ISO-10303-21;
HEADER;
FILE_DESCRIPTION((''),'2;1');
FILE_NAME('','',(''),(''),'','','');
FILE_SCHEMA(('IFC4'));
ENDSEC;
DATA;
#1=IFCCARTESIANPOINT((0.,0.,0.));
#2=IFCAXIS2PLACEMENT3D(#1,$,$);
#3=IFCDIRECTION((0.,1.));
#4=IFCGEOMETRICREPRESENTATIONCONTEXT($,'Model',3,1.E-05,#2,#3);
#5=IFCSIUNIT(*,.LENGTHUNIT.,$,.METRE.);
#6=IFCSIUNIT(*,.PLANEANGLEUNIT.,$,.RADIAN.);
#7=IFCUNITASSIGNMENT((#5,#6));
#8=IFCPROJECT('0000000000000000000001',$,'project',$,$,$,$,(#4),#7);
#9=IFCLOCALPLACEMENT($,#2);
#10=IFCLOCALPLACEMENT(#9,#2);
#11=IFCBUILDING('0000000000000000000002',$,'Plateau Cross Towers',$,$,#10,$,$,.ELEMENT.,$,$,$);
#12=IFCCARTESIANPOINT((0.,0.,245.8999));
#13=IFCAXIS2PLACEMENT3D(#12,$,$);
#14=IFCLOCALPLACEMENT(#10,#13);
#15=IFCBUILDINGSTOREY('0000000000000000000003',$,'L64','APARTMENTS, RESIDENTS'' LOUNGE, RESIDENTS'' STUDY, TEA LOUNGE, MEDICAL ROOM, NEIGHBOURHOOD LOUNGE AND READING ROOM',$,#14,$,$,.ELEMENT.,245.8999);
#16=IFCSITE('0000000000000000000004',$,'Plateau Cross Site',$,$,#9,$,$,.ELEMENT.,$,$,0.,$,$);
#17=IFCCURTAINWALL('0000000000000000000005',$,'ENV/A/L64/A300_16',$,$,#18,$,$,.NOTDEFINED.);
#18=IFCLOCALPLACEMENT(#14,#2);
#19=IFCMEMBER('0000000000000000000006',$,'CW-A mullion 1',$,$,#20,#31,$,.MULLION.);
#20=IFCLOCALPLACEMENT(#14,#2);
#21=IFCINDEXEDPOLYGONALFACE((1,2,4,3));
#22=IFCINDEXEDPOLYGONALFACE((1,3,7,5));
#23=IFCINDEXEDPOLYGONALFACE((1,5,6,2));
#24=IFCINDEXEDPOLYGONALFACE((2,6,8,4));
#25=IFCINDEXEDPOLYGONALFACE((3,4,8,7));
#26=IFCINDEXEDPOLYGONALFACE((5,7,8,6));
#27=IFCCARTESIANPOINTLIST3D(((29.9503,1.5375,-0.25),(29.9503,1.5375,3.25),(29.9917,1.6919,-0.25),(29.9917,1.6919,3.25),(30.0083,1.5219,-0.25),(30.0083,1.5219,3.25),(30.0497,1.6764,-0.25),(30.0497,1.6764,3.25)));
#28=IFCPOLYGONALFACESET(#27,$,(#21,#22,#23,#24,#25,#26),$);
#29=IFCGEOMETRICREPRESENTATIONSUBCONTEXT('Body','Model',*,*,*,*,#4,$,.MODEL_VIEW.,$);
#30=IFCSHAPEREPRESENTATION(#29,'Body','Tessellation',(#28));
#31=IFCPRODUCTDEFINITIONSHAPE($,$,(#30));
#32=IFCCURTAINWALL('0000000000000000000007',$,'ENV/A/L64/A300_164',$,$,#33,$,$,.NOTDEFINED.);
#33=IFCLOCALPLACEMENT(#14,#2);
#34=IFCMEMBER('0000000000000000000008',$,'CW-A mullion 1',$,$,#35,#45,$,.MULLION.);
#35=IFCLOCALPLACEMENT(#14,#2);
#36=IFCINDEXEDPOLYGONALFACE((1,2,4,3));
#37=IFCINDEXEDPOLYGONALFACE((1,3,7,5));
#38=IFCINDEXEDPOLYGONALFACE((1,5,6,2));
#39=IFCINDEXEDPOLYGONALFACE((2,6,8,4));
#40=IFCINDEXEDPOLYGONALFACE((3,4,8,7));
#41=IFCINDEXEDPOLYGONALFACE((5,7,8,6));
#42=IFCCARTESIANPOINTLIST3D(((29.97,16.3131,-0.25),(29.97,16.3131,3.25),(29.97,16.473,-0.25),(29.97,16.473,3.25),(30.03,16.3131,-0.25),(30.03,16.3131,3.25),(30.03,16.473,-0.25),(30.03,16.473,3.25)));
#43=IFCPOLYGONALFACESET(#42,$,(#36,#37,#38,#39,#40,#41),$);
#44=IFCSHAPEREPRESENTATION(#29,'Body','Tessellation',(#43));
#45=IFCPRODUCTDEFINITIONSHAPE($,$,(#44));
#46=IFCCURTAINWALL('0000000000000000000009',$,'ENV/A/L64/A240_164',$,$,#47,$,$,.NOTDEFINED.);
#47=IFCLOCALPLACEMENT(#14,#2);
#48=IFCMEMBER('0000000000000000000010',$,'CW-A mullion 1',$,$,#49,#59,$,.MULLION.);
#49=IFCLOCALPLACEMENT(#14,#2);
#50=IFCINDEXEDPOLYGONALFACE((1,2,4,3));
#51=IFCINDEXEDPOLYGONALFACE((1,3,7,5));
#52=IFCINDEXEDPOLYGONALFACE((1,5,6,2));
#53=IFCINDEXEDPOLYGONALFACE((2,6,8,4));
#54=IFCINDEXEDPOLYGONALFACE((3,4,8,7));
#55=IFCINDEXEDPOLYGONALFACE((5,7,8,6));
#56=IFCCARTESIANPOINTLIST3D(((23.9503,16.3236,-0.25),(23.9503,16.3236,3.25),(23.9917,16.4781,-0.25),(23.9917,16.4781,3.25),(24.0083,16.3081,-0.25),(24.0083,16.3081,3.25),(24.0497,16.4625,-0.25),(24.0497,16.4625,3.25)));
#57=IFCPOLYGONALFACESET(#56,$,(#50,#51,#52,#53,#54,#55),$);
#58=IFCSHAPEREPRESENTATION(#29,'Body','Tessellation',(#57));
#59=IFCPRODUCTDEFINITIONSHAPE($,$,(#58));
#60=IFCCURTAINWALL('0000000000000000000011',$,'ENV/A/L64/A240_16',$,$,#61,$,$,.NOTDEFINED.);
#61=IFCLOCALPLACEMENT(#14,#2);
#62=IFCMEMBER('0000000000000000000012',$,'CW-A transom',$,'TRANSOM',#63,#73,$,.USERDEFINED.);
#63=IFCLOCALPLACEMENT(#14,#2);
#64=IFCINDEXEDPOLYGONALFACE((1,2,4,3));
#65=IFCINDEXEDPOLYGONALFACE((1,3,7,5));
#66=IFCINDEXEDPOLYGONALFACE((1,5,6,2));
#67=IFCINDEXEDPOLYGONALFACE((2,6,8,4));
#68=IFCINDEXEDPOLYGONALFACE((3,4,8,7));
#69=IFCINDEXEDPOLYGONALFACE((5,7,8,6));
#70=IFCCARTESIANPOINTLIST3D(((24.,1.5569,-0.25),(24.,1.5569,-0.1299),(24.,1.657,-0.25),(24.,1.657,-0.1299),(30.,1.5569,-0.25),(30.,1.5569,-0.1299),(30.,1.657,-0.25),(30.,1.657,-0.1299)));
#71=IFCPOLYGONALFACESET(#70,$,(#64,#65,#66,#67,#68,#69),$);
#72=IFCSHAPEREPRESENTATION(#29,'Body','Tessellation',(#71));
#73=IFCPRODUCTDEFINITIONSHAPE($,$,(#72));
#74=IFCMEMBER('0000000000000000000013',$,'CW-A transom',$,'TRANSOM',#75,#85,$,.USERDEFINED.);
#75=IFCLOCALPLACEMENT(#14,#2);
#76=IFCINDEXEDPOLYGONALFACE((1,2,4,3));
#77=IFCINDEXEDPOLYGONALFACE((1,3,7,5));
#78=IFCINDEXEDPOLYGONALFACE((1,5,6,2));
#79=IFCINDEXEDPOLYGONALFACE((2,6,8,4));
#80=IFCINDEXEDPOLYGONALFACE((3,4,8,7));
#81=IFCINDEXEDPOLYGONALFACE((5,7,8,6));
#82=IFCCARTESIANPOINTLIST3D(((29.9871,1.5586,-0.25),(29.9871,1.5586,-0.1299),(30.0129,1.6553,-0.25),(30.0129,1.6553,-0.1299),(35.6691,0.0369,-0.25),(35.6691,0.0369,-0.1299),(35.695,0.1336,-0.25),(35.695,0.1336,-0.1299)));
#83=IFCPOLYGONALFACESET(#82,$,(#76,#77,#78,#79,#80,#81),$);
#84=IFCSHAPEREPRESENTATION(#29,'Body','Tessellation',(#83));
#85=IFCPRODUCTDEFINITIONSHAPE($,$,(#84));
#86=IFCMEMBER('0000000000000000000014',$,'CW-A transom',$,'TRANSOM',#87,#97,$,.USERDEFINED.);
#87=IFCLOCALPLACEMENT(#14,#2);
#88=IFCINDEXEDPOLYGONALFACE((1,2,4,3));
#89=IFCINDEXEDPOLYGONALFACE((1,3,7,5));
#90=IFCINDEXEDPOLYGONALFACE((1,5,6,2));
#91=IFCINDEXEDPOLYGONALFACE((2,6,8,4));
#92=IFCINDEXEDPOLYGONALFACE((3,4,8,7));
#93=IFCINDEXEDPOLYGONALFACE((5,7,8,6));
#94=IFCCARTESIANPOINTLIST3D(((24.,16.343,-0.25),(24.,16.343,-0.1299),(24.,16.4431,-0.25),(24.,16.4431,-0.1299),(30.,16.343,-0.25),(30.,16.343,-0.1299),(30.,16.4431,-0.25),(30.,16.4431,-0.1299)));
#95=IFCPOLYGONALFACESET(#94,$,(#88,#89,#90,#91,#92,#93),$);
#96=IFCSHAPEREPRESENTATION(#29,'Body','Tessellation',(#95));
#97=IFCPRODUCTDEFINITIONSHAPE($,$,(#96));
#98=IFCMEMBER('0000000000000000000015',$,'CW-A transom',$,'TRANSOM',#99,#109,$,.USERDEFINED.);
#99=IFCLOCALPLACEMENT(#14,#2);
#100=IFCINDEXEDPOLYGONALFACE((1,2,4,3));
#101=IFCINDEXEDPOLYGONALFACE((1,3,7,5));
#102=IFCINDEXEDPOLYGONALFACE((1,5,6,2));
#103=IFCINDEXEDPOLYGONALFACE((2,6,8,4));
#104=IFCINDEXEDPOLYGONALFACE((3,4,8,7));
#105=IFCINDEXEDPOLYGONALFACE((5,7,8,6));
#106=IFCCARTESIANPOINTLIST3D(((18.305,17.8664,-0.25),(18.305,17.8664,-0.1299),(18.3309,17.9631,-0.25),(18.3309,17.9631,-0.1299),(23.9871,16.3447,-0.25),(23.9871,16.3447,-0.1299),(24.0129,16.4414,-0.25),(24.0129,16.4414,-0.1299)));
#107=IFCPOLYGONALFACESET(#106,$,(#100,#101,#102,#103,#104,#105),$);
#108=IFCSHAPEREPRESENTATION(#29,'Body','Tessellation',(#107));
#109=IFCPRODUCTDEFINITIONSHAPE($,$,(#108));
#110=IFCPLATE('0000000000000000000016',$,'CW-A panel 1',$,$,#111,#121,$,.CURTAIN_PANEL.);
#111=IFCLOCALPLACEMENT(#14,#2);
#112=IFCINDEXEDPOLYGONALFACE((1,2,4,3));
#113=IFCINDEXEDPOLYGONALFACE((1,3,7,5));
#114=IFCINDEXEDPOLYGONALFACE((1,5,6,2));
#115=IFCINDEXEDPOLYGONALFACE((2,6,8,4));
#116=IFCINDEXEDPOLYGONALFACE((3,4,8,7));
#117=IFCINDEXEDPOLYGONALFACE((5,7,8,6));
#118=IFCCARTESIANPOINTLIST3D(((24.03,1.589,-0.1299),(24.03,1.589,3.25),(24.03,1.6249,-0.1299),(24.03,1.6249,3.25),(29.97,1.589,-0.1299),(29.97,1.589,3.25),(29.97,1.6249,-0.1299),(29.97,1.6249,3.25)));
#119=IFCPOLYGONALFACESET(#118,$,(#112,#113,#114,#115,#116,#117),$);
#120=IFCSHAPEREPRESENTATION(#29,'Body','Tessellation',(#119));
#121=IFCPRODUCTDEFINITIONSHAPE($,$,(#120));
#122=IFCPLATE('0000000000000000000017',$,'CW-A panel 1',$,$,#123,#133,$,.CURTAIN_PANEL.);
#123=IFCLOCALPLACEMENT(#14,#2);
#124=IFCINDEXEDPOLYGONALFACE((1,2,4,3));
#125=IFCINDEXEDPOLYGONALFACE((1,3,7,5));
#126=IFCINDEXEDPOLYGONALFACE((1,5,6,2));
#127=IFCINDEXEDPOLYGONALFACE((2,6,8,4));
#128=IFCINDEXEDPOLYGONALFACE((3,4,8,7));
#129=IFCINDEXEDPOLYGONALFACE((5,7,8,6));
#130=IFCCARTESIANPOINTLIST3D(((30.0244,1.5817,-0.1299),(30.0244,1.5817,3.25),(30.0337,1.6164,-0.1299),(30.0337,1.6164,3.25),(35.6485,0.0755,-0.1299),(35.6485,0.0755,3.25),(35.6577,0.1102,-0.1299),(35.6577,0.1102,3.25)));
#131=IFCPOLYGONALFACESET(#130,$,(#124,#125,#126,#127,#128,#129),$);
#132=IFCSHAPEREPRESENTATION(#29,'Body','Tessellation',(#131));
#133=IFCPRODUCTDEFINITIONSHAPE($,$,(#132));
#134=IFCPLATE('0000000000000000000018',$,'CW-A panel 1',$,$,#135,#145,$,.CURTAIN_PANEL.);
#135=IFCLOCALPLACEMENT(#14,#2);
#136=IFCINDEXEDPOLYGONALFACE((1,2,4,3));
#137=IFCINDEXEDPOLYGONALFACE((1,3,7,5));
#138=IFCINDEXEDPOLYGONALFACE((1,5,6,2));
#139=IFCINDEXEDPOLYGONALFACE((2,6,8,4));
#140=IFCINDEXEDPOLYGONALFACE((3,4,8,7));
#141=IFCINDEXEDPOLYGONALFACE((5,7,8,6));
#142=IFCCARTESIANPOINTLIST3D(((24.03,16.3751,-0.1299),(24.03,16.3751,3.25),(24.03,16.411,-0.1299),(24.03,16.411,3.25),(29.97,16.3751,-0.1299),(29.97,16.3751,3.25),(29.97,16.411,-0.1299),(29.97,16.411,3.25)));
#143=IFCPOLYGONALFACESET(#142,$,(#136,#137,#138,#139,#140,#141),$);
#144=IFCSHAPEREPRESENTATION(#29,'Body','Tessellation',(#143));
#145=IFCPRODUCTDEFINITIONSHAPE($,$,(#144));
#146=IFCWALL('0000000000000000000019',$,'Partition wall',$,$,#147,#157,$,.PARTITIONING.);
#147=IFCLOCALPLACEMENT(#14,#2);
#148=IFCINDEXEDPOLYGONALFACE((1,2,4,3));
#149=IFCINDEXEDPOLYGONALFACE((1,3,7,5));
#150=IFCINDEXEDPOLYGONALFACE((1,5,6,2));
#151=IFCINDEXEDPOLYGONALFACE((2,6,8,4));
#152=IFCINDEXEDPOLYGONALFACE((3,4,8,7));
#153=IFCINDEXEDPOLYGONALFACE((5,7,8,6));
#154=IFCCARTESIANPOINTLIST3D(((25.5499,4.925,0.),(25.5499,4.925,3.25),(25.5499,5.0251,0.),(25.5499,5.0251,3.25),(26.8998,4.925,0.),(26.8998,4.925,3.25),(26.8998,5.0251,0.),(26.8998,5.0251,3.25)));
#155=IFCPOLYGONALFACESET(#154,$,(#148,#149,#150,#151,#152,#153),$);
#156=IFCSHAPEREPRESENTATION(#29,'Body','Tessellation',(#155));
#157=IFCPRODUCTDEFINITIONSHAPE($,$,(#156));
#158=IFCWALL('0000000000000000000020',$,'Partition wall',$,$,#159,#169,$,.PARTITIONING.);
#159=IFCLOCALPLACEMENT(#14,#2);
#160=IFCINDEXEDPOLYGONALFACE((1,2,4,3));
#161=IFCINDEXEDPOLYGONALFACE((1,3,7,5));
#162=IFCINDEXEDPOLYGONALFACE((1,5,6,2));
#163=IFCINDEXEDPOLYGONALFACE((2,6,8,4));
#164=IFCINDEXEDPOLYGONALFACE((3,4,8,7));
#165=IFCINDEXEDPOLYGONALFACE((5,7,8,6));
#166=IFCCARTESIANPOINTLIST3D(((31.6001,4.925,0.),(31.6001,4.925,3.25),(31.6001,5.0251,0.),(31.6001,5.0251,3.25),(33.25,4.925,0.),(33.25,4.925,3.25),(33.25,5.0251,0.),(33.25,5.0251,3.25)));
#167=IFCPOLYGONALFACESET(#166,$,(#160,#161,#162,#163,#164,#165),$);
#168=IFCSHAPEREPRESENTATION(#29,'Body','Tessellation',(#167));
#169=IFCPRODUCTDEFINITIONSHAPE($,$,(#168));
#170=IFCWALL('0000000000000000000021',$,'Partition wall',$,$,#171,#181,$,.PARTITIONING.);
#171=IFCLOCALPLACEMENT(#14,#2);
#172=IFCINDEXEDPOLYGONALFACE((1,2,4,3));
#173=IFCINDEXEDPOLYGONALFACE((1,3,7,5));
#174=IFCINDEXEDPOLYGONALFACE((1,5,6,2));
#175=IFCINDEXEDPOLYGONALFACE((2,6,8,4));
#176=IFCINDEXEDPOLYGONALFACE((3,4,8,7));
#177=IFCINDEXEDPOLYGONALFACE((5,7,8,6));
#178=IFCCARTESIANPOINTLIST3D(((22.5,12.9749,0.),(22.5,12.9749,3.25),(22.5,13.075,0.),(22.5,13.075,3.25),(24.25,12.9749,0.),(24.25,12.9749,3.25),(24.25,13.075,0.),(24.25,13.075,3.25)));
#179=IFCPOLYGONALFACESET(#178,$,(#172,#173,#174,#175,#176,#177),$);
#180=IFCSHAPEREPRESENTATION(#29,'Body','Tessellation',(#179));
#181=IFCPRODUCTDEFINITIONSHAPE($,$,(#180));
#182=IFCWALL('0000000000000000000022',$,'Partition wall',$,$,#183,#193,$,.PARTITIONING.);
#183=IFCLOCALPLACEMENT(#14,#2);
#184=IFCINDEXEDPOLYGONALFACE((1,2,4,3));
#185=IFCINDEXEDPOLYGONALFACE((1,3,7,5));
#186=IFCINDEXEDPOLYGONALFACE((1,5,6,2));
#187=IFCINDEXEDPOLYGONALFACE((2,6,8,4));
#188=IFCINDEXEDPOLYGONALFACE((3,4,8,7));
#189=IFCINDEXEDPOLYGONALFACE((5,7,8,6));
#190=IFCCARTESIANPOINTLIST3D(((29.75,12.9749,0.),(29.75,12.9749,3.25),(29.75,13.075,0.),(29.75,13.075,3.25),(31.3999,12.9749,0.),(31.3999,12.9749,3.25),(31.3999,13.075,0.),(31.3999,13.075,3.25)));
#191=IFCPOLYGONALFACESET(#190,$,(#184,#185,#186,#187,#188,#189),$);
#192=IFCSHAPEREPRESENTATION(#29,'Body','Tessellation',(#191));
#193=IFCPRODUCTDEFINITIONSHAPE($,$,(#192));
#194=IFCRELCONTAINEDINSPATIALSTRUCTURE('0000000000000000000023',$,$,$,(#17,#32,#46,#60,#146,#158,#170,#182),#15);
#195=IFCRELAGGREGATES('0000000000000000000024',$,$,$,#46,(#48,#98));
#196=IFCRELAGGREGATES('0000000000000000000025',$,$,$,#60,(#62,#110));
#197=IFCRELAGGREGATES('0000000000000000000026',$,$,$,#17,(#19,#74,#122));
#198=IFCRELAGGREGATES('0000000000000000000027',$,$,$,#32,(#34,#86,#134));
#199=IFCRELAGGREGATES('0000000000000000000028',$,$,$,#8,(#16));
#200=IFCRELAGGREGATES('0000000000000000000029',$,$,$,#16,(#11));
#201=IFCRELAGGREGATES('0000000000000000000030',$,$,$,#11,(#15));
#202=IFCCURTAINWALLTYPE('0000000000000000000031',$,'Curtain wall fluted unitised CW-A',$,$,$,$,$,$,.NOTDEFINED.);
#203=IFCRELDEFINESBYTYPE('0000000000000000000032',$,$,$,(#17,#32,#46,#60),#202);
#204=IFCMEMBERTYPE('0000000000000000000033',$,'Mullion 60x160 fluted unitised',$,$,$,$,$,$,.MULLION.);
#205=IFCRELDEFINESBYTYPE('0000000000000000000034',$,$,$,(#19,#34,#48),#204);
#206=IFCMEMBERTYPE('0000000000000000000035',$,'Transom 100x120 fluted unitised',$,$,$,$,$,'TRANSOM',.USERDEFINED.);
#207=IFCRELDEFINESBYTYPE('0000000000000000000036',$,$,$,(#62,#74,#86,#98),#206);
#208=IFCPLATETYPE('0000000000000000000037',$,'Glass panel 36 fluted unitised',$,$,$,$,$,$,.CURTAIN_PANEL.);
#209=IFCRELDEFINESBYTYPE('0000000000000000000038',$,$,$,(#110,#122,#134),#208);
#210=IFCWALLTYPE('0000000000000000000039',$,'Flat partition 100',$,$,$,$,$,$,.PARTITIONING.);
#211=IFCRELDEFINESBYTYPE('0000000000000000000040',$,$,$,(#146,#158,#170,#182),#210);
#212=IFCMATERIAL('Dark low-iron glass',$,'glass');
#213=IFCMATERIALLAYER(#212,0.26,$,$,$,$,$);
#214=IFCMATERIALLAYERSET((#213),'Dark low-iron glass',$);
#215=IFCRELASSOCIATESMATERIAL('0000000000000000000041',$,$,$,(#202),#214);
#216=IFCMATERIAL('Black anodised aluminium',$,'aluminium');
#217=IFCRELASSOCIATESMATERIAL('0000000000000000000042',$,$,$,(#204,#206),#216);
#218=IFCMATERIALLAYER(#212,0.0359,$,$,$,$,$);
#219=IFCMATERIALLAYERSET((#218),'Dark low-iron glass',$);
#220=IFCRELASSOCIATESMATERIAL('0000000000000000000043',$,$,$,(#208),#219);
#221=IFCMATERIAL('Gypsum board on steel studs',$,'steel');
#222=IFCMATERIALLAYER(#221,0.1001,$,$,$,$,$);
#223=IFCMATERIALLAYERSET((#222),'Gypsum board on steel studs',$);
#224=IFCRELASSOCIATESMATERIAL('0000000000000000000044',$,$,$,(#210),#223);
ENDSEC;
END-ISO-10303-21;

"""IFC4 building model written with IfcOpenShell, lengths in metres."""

from ifc_helpers import new_model, si_unit, direction, frame, frame_2d, origin, origin_2d, place, context, subcontext, project, spatial, rectangle, extrude, material, layer, layer_set, material_profile, profile_set, type_object, element, aggregate, save


model = new_model("IFC4")

# Units and contexts
model_context = context("Model", 3, precision=1e-05, world=origin(), true_north=direction((0.0, 1.0)))
body_context = subcontext(model_context, "Body", "Model", "MODEL_VIEW")
ifc_project = project(units=[si_unit("LENGTHUNIT", "METRE"), si_unit("PLANEANGLEUNIT", "RADIAN")], contexts=[model_context])

# Site, building, storey
site_placement = place(None, origin())
site = spatial("IfcSite", under=ifc_project, at=site_placement, Name="Plateau Cross Site", CompositionType="ELEMENT", RefElevation=0.0)
building_placement = place(site_placement, origin())
building = spatial("IfcBuilding", under=site, at=building_placement, Name="Plateau Cross Towers", CompositionType="ELEMENT")
storey_placement = place(building_placement, frame((0.0, 0.0, 245.8999)))
storey = spatial("IfcBuildingStorey", under=building, at=storey_placement, Name="L64", Description="APARTMENTS, RESIDENTS' LOUNGE, RESIDENTS' STUDY, TEA LOUNGE, MEDICAL ROOM, NEIGHBOURHOOD LOUNGE AND READING ROOM", CompositionType="ELEMENT", Elevation=245.8999)

# Curtain walls, members
ifc_material_1 = material(Name="Dark low-iron glass", Category="glass")
ifc_layer_1 = layer(ifc_material_1, 0.26)
ifc_layer_set_1 = layer_set([ifc_layer_1], Name="Dark low-iron glass")
curtain_wall_type = type_object("IfcCurtainWallType", Name="Curtain wall fluted unitised CW-A", PredefinedType="NOTDEFINED", material=ifc_layer_set_1)
curtain_wall_1_placement = place(storey_placement, origin())
curtain_wall_1 = element("IfcCurtainWall", 1, at=curtain_wall_1_placement, inside=storey, type_object=curtain_wall_type, Name="ENV/A/L64/A300_16", PredefinedType="NOTDEFINED")
ifc_material_2 = material(Name="Black anodised aluminium", Category="aluminium")
ifc_material_profile_1 = material_profile(ifc_material_2, rectangle(XDim=0.0601, YDim=0.1599, at=origin_2d()), Name="MULLION 60x160")
ifc_profile_set_1 = profile_set([ifc_material_profile_1], Name="Black anodised aluminium")
member_type_1 = type_object("IfcMemberType", Name="Mullion 60x160 fluted unitised", PredefinedType="MULLION", material=ifc_profile_set_1)
member_1_placement = place(storey_placement, frame((30.0, 1.6069, -0.25), z_axis=(0.0, 0.0, 1.0), x_axis=(0.965958, -0.258699, 0.0)))
member_1 = element("IfcMember", 2, at=member_1_placement, type_object=member_type_1, Name="CW-A mullion 1", PredefinedType="MULLION", context=body_context, shape_type="SweptSolid", body=[
    extrude(rectangle(XDim=0.0601, YDim=0.1599, at=origin_2d()), origin(), (0.0, 0.0, 1.0), 3.5),
])
curtain_wall_2_placement = place(storey_placement, origin())
curtain_wall_2 = element("IfcCurtainWall", 3, at=curtain_wall_2_placement, inside=storey, type_object=curtain_wall_type, Name="ENV/A/L64/A300_164", PredefinedType="NOTDEFINED")
member_2_placement = place(storey_placement, frame((30.0, 16.3931, -0.25), z_axis=(0.0, 0.0, 1.0), x_axis=(-1.0, 0.0, 0.0)))
member_2 = element("IfcMember", 4, at=member_2_placement, type_object=member_type_1, Name="CW-A mullion 1", PredefinedType="MULLION", context=body_context, shape_type="SweptSolid", body=[
    extrude(rectangle(XDim=0.0601, YDim=0.1599, at=origin_2d()), origin(), (0.0, 0.0, 1.0), 3.5),
])
curtain_wall_3_placement = place(storey_placement, origin())
curtain_wall_3 = element("IfcCurtainWall", 5, at=curtain_wall_3_placement, inside=storey, type_object=curtain_wall_type, Name="ENV/A/L64/A240_164", PredefinedType="NOTDEFINED")
member_3_placement = place(storey_placement, frame((24.0, 16.3931, -0.25), z_axis=(0.0, 0.0, 1.0), x_axis=(-0.965958, 0.258699, 0.0)))
member_3 = element("IfcMember", 6, at=member_3_placement, type_object=member_type_1, Name="CW-A mullion 1", PredefinedType="MULLION", context=body_context, shape_type="SweptSolid", body=[
    extrude(rectangle(XDim=0.0601, YDim=0.1599, at=origin_2d()), origin(), (0.0, 0.0, 1.0), 3.5),
])
curtain_wall_4_placement = place(storey_placement, origin())
curtain_wall_4 = element("IfcCurtainWall", 7, at=curtain_wall_4_placement, inside=storey, type_object=curtain_wall_type, Name="ENV/A/L64/A240_16", PredefinedType="NOTDEFINED")
ifc_material_profile_2 = material_profile(ifc_material_2, rectangle(XDim=0.1001, YDim=0.1201, at=origin_2d()), Name="TRANSOM 100x120")
ifc_profile_set_2 = profile_set([ifc_material_profile_2], Name="Black anodised aluminium")
member_type_2 = type_object("IfcMemberType", Name="Transom 100x120 fluted unitised", ElementType="TRANSOM", PredefinedType="USERDEFINED", material=ifc_profile_set_2)
member_4_placement = place(storey_placement, frame((24.0, 1.6069, -0.1899), z_axis=(1.0, 0.0, 0.0), x_axis=(0.0, 1.0, 0.0)))
member_4 = element("IfcMember", 8, at=member_4_placement, type_object=member_type_2, Name="CW-A transom", ObjectType="TRANSOM", PredefinedType="USERDEFINED", context=body_context, shape_type="SweptSolid", body=[
    extrude(rectangle(XDim=0.1001, YDim=0.1201, at=origin_2d()), origin(), (0.0, 0.0, 1.0), 6.0),
])

# Members
member_5_placement = place(storey_placement, frame((30.0, 1.6069, -0.1899), z_axis=(0.96596, -0.258693, 0.0), x_axis=(0.258693, 0.96596, 0.0)))
member_5 = element("IfcMember", 9, at=member_5_placement, type_object=member_type_2, Name="CW-A transom", ObjectType="TRANSOM", PredefinedType="USERDEFINED", context=body_context, shape_type="SweptSolid", body=[
    extrude(rectangle(XDim=0.1001, YDim=0.1201, at=origin_2d()), origin(), (0.0, 0.0, 1.0), 5.8823),
])
member_6_placement = place(storey_placement, frame((30.0, 16.3931, -0.1899), z_axis=(-1.0, 0.0, 0.0), x_axis=(0.0, -1.0, 0.0)))
member_6 = element("IfcMember", 10, at=member_6_placement, type_object=member_type_2, Name="CW-A transom", ObjectType="TRANSOM", PredefinedType="USERDEFINED", context=body_context, shape_type="SweptSolid", body=[
    extrude(rectangle(XDim=0.1001, YDim=0.1201, at=origin_2d()), origin(), (0.0, 0.0, 1.0), 6.0),
])
member_7_placement = place(storey_placement, frame((24.0, 16.3931, -0.1899), z_axis=(-0.96596, 0.258693, 0.0), x_axis=(-0.258693, -0.96596, 0.0)))
member_7 = element("IfcMember", 11, at=member_7_placement, type_object=member_type_2, Name="CW-A transom", ObjectType="TRANSOM", PredefinedType="USERDEFINED", context=body_context, shape_type="SweptSolid", body=[
    extrude(rectangle(XDim=0.1001, YDim=0.1201, at=origin_2d()), origin(), (0.0, 0.0, 1.0), 5.8823),
])
aggregate(curtain_wall_3, [member_3, member_7])

# Plates
ifc_layer_2 = layer(ifc_material_1, 0.0359)
ifc_layer_set_2 = layer_set([ifc_layer_2], Name="Dark low-iron glass")
plate_type = type_object("IfcPlateType", Name="Glass panel 36 fluted unitised", PredefinedType="CURTAIN_PANEL", material=ifc_layer_set_2)
plate_1_placement = place(storey_placement, frame((27.0, 1.6069, -0.1299), z_axis=(0.0, 0.0, 1.0), x_axis=(1.0, 0.0, 0.0)))
plate_1 = element("IfcPlate", 12, at=plate_1_placement, type_object=plate_type, Name="CW-A panel 1", PredefinedType="CURTAIN_PANEL", context=body_context, shape_type="SweptSolid", body=[
    extrude(rectangle(XDim=5.9399, YDim=0.0359, at=origin_2d()), origin(), (0.0, 0.0, 1.0), 3.3799),
])
aggregate(curtain_wall_4, [member_4, plate_1])
plate_2_placement = place(storey_placement, frame((32.8411, 0.8459, -0.1299), z_axis=(0.0, 0.0, 1.0), x_axis=(0.965958, -0.258699, 0.0)))
plate_2 = element("IfcPlate", 13, at=plate_2_placement, type_object=plate_type, Name="CW-A panel 1", PredefinedType="CURTAIN_PANEL", context=body_context, shape_type="SweptSolid", body=[
    extrude(rectangle(XDim=5.8223, YDim=0.0359, at=origin_2d()), origin(), (0.0, 0.0, 1.0), 3.3799),
])
aggregate(curtain_wall_1, [member_1, member_5, plate_2])
plate_3_placement = place(storey_placement, frame((27.0, 16.3931, -0.1299), z_axis=(0.0, 0.0, 1.0), x_axis=(-1.0, 0.0, 0.0)))
plate_3 = element("IfcPlate", 14, at=plate_3_placement, type_object=plate_type, Name="CW-A panel 1", PredefinedType="CURTAIN_PANEL", context=body_context, shape_type="SweptSolid", body=[
    extrude(rectangle(XDim=5.9399, YDim=0.0359, at=origin_2d()), origin(), (0.0, 0.0, 1.0), 3.3799),
])
aggregate(curtain_wall_2, [member_2, member_6, plate_3])

# Walls
ifc_material_3 = material(Name="Gypsum board on steel studs", Category="steel")
ifc_layer_3 = layer(ifc_material_3, 0.1001)
ifc_layer_set_3 = layer_set([ifc_layer_3], Name="Gypsum board on steel studs")
wall_type_1 = type_object("IfcWallType", Name="Flat partition 100", PredefinedType="PARTITIONING", material=ifc_layer_set_3)
wall_1_placement = place(storey_placement, frame((25.55, 4.9751, 0.0), z_axis=(0.0, 0.0, 1.0), x_axis=(1.0, 0.0, 0.0)))
element("IfcWall", 15, at=wall_1_placement, inside=storey, type_object=wall_type_1, Name="Partition wall", PredefinedType="PARTITIONING", context=body_context, shape_type="SweptSolid", body=[
    extrude(rectangle(XDim=1.3499, YDim=0.1001, at=frame_2d((0.6748, 0.0))), origin(), (0.0, 0.0, 1.0), 3.25),
])
wall_2_placement = place(storey_placement, frame((31.6001, 4.9751, 0.0), z_axis=(0.0, 0.0, 1.0), x_axis=(1.0, 0.0, 0.0)))
element("IfcWall", 16, at=wall_2_placement, inside=storey, type_object=wall_type_1, Name="Partition wall", PredefinedType="PARTITIONING", context=body_context, shape_type="SweptSolid", body=[
    extrude(rectangle(XDim=1.6499, YDim=0.1001, at=frame_2d((0.825, 0.0))), origin(), (0.0, 0.0, 1.0), 3.25),
])
wall_3_placement = place(storey_placement, frame((24.25, 13.0249, 0.0), z_axis=(0.0, 0.0, 1.0), x_axis=(-1.0, 0.0, 0.0)))
element("IfcWall", 17, at=wall_3_placement, inside=storey, type_object=wall_type_1, Name="Partition wall", PredefinedType="PARTITIONING", context=body_context, shape_type="SweptSolid", body=[
    extrude(rectangle(XDim=1.75, YDim=0.1001, at=frame_2d((0.875, 0.0))), origin(), (0.0, 0.0, 1.0), 3.25),
])
wall_4_placement = place(storey_placement, frame((31.3999, 13.0249, 0.0), z_axis=(0.0, 0.0, 1.0), x_axis=(-1.0, 0.0, 0.0)))
element("IfcWall", 18, at=wall_4_placement, inside=storey, type_object=wall_type_1, Name="Partition wall", PredefinedType="PARTITIONING", context=body_context, shape_type="SweptSolid", body=[
    extrude(rectangle(XDim=1.6499, YDim=0.1001, at=frame_2d((0.825, 0.0))), origin(), (0.0, 0.0, 1.0), 3.25),
])

save(model, "model.ifc")
